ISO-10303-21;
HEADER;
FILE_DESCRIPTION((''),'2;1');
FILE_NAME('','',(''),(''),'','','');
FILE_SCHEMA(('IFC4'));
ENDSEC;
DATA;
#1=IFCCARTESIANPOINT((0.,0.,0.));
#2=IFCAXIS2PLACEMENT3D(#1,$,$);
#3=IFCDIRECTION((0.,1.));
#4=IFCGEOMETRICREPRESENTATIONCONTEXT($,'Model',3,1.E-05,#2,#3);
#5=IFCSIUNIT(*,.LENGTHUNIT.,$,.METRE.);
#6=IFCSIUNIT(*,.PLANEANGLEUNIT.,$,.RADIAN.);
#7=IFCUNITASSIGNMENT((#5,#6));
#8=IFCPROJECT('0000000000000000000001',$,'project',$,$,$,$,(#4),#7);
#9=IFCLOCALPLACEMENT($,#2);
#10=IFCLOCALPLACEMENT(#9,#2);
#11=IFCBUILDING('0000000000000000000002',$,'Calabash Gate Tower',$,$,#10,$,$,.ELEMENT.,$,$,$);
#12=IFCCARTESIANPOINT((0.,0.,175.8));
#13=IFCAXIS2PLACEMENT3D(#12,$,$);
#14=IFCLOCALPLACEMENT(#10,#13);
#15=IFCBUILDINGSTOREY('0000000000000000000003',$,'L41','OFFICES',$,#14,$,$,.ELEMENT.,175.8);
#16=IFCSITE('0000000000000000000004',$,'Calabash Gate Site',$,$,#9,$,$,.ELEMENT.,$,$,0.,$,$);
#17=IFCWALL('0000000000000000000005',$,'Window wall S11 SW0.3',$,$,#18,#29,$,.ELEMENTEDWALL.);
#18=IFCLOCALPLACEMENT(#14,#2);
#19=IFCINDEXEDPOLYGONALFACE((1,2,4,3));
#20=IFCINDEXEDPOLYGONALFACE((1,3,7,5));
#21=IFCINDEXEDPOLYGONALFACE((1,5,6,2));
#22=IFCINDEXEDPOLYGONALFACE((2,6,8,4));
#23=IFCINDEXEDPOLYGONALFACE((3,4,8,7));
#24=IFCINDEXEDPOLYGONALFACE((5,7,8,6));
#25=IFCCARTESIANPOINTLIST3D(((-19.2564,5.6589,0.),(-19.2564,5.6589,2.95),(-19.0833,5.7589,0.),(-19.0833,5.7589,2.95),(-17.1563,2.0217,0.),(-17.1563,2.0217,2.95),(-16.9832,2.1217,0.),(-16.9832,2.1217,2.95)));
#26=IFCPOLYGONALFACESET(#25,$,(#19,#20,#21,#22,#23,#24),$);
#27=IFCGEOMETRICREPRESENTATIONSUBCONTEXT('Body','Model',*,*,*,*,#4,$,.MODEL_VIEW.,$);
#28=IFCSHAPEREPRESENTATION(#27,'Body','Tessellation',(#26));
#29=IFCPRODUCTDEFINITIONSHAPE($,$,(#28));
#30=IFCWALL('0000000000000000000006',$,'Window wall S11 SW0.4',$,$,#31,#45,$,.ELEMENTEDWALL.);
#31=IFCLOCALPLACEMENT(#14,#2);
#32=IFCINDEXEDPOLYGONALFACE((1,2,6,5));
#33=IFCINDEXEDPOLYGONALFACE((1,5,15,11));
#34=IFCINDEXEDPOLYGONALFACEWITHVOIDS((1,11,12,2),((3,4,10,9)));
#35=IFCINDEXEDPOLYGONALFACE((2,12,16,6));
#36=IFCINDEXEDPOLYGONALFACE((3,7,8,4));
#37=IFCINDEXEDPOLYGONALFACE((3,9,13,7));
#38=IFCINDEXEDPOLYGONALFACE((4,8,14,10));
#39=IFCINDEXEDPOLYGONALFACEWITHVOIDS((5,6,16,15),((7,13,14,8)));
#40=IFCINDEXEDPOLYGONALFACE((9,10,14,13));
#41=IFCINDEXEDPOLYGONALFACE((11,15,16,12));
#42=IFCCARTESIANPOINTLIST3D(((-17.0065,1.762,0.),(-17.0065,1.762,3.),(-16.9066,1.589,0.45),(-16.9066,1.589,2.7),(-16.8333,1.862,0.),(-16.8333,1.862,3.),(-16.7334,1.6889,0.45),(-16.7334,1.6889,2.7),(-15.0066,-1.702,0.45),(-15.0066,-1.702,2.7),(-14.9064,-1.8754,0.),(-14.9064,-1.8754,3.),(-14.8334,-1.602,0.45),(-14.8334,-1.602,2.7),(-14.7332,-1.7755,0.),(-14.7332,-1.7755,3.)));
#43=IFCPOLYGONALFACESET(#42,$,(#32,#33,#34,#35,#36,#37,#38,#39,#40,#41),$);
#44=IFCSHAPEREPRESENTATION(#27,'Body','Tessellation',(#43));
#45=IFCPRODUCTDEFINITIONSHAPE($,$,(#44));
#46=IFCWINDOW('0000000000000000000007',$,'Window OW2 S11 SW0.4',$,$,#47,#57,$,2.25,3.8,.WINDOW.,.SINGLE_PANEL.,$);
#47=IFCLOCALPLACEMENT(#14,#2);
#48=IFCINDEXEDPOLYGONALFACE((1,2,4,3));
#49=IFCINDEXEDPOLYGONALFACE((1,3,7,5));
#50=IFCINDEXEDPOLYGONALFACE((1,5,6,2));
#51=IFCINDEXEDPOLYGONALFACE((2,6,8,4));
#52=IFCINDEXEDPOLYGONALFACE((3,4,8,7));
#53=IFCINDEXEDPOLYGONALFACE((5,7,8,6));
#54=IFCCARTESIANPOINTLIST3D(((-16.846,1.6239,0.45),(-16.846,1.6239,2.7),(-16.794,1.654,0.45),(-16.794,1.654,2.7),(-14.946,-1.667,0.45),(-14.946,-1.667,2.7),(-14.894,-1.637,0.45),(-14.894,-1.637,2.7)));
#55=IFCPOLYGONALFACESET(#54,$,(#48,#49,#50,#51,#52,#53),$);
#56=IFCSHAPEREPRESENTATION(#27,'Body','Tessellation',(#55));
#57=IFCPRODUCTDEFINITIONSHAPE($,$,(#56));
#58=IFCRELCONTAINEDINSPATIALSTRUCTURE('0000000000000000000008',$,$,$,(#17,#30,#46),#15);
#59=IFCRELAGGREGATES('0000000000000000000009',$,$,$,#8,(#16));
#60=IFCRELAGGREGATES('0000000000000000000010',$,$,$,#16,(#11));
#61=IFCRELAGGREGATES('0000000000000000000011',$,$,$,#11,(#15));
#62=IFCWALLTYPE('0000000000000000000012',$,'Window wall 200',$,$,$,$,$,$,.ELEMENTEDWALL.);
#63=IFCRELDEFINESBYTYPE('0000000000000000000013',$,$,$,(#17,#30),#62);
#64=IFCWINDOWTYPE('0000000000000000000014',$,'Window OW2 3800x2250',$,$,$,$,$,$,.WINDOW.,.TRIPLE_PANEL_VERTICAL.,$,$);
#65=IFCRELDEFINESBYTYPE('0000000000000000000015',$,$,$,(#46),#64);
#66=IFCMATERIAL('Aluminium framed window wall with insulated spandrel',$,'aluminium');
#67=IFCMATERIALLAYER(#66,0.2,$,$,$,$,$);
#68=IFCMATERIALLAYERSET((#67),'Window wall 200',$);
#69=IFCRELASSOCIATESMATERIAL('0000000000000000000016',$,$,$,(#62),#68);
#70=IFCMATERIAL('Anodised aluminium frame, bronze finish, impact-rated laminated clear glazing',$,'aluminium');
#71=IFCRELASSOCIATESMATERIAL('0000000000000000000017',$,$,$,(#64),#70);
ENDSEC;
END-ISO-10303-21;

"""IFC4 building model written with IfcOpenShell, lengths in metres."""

from ifc_helpers import new_model, si_unit, direction, frame, frame_2d, origin, place, context, subcontext, project, spatial, rectangle, extrude, material, layer, layer_set, type_object, element, fill, save


model = new_model("IFC4")

# Units and contexts
model_context = context("Model", 3, precision=1e-05, world=origin(), true_north=direction((0.0, 1.0)))
body_context = subcontext(model_context, "Body", "Model", "MODEL_VIEW")
ifc_project = project(units=[si_unit("LENGTHUNIT", "METRE"), si_unit("PLANEANGLEUNIT", "RADIAN")], contexts=[model_context])

# Site, building, storey
site_placement = place(None, origin())
site = spatial("IfcSite", under=ifc_project, at=site_placement, Name="Calabash Gate Site", CompositionType="ELEMENT", RefElevation=0.0)
building_placement = place(site_placement, origin())
building = spatial("IfcBuilding", under=site, at=building_placement, Name="Calabash Gate Tower", CompositionType="ELEMENT")
storey_placement = place(building_placement, frame((0.0, 0.0, 175.8)))
storey = spatial("IfcBuildingStorey", under=building, at=storey_placement, Name="L41", Description="OFFICES", CompositionType="ELEMENT", Elevation=175.8)

# Wall
ifc_material_1 = material(Name="Aluminium framed window wall with insulated spandrel", Category="aluminium")
ifc_layer_1 = layer(ifc_material_1, 0.2)
ifc_layer_set_1 = layer_set([ifc_layer_1], Name="Window wall 200")
wall_type_1 = type_object("IfcWallType", Name="Window wall 200", PredefinedType="ELEMENTEDWALL", material=ifc_layer_set_1)
wall_1_placement = place(storey_placement, frame((-19.1699, 5.709, 0.0), z_axis=(0.0, 0.0, 1.0), x_axis=(0.500028, -0.866009, 0.0)))
element("IfcWall", 1, at=wall_1_placement, inside=storey, type_object=wall_type_1, Name="Window wall S11 SW0.3", PredefinedType="ELEMENTEDWALL", context=body_context, shape_type="SweptSolid", body=[
    extrude(rectangle(XDim=4.2, YDim=0.2, at=frame_2d((2.1001, 0.0))), origin(), (0.0, 0.0, 1.0), 2.95),
])

# Wall, opening, window
wall_2_placement = place(storey_placement, frame((-16.9199, 1.812, 0.0), z_axis=(0.0, 0.0, 1.0), x_axis=(0.500003, -0.866024, 0.0)))
wall_2 = element("IfcWall", 2, at=wall_2_placement, inside=storey, type_object=wall_type_1, Name="Window wall S11 SW0.4", PredefinedType="ELEMENTEDWALL", context=body_context, shape_type="SweptSolid", body=[
    extrude(rectangle(XDim=4.2002, YDim=0.2, at=frame_2d((2.1001, 0.0))), origin(), (0.0, 0.0, 1.0), 3.0),
])
opening_1_placement = place(wall_2_placement, frame((0.2, 0.0, 0.45)))
opening_1 = element("IfcOpeningElement", 3, at=opening_1_placement, cuts=wall_2, PredefinedType="OPENING", context=body_context, shape_type="SweptSolid", body=[
    extrude(rectangle(XDim=3.8, YDim=2.25, at=frame_2d((1.8999, 1.125))), frame((0.0, 0.1099, 0.0), z_axis=(0.0, -1.0, 0.0), x_axis=(1.0, 0.0, 0.0)), (0.0, 0.0, 1.0), 0.22),
])
ifc_material_2 = material(Name="Anodised aluminium frame, bronze finish, impact-rated laminated clear glazing", Category="aluminium")
window_type = type_object("IfcWindowType", Name="Window OW2 3800x2250", PartitioningType="TRIPLE_PANEL_VERTICAL", PredefinedType="WINDOW", material=ifc_material_2)
window_placement = place(opening_1_placement, origin())
window = element("IfcWindow", 4, at=window_placement, inside=storey, type_object=window_type, Name="Window OW2 S11 SW0.4", OverallHeight=2.25, OverallWidth=3.8, PartitioningType="SINGLE_PANEL", PredefinedType="WINDOW", context=body_context, shape_type="SweptSolid", body=[
    extrude(rectangle(XDim=3.8, YDim=2.25, at=frame_2d((1.8999, 1.125))), frame((0.0, 0.03, 0.0), z_axis=(0.0, -1.0, 0.0), x_axis=(1.0, 0.0, 0.0)), (0.0, 0.0, 1.0), 0.0601),
])
fill(opening_1, window)

save(model, "model.ifc")
